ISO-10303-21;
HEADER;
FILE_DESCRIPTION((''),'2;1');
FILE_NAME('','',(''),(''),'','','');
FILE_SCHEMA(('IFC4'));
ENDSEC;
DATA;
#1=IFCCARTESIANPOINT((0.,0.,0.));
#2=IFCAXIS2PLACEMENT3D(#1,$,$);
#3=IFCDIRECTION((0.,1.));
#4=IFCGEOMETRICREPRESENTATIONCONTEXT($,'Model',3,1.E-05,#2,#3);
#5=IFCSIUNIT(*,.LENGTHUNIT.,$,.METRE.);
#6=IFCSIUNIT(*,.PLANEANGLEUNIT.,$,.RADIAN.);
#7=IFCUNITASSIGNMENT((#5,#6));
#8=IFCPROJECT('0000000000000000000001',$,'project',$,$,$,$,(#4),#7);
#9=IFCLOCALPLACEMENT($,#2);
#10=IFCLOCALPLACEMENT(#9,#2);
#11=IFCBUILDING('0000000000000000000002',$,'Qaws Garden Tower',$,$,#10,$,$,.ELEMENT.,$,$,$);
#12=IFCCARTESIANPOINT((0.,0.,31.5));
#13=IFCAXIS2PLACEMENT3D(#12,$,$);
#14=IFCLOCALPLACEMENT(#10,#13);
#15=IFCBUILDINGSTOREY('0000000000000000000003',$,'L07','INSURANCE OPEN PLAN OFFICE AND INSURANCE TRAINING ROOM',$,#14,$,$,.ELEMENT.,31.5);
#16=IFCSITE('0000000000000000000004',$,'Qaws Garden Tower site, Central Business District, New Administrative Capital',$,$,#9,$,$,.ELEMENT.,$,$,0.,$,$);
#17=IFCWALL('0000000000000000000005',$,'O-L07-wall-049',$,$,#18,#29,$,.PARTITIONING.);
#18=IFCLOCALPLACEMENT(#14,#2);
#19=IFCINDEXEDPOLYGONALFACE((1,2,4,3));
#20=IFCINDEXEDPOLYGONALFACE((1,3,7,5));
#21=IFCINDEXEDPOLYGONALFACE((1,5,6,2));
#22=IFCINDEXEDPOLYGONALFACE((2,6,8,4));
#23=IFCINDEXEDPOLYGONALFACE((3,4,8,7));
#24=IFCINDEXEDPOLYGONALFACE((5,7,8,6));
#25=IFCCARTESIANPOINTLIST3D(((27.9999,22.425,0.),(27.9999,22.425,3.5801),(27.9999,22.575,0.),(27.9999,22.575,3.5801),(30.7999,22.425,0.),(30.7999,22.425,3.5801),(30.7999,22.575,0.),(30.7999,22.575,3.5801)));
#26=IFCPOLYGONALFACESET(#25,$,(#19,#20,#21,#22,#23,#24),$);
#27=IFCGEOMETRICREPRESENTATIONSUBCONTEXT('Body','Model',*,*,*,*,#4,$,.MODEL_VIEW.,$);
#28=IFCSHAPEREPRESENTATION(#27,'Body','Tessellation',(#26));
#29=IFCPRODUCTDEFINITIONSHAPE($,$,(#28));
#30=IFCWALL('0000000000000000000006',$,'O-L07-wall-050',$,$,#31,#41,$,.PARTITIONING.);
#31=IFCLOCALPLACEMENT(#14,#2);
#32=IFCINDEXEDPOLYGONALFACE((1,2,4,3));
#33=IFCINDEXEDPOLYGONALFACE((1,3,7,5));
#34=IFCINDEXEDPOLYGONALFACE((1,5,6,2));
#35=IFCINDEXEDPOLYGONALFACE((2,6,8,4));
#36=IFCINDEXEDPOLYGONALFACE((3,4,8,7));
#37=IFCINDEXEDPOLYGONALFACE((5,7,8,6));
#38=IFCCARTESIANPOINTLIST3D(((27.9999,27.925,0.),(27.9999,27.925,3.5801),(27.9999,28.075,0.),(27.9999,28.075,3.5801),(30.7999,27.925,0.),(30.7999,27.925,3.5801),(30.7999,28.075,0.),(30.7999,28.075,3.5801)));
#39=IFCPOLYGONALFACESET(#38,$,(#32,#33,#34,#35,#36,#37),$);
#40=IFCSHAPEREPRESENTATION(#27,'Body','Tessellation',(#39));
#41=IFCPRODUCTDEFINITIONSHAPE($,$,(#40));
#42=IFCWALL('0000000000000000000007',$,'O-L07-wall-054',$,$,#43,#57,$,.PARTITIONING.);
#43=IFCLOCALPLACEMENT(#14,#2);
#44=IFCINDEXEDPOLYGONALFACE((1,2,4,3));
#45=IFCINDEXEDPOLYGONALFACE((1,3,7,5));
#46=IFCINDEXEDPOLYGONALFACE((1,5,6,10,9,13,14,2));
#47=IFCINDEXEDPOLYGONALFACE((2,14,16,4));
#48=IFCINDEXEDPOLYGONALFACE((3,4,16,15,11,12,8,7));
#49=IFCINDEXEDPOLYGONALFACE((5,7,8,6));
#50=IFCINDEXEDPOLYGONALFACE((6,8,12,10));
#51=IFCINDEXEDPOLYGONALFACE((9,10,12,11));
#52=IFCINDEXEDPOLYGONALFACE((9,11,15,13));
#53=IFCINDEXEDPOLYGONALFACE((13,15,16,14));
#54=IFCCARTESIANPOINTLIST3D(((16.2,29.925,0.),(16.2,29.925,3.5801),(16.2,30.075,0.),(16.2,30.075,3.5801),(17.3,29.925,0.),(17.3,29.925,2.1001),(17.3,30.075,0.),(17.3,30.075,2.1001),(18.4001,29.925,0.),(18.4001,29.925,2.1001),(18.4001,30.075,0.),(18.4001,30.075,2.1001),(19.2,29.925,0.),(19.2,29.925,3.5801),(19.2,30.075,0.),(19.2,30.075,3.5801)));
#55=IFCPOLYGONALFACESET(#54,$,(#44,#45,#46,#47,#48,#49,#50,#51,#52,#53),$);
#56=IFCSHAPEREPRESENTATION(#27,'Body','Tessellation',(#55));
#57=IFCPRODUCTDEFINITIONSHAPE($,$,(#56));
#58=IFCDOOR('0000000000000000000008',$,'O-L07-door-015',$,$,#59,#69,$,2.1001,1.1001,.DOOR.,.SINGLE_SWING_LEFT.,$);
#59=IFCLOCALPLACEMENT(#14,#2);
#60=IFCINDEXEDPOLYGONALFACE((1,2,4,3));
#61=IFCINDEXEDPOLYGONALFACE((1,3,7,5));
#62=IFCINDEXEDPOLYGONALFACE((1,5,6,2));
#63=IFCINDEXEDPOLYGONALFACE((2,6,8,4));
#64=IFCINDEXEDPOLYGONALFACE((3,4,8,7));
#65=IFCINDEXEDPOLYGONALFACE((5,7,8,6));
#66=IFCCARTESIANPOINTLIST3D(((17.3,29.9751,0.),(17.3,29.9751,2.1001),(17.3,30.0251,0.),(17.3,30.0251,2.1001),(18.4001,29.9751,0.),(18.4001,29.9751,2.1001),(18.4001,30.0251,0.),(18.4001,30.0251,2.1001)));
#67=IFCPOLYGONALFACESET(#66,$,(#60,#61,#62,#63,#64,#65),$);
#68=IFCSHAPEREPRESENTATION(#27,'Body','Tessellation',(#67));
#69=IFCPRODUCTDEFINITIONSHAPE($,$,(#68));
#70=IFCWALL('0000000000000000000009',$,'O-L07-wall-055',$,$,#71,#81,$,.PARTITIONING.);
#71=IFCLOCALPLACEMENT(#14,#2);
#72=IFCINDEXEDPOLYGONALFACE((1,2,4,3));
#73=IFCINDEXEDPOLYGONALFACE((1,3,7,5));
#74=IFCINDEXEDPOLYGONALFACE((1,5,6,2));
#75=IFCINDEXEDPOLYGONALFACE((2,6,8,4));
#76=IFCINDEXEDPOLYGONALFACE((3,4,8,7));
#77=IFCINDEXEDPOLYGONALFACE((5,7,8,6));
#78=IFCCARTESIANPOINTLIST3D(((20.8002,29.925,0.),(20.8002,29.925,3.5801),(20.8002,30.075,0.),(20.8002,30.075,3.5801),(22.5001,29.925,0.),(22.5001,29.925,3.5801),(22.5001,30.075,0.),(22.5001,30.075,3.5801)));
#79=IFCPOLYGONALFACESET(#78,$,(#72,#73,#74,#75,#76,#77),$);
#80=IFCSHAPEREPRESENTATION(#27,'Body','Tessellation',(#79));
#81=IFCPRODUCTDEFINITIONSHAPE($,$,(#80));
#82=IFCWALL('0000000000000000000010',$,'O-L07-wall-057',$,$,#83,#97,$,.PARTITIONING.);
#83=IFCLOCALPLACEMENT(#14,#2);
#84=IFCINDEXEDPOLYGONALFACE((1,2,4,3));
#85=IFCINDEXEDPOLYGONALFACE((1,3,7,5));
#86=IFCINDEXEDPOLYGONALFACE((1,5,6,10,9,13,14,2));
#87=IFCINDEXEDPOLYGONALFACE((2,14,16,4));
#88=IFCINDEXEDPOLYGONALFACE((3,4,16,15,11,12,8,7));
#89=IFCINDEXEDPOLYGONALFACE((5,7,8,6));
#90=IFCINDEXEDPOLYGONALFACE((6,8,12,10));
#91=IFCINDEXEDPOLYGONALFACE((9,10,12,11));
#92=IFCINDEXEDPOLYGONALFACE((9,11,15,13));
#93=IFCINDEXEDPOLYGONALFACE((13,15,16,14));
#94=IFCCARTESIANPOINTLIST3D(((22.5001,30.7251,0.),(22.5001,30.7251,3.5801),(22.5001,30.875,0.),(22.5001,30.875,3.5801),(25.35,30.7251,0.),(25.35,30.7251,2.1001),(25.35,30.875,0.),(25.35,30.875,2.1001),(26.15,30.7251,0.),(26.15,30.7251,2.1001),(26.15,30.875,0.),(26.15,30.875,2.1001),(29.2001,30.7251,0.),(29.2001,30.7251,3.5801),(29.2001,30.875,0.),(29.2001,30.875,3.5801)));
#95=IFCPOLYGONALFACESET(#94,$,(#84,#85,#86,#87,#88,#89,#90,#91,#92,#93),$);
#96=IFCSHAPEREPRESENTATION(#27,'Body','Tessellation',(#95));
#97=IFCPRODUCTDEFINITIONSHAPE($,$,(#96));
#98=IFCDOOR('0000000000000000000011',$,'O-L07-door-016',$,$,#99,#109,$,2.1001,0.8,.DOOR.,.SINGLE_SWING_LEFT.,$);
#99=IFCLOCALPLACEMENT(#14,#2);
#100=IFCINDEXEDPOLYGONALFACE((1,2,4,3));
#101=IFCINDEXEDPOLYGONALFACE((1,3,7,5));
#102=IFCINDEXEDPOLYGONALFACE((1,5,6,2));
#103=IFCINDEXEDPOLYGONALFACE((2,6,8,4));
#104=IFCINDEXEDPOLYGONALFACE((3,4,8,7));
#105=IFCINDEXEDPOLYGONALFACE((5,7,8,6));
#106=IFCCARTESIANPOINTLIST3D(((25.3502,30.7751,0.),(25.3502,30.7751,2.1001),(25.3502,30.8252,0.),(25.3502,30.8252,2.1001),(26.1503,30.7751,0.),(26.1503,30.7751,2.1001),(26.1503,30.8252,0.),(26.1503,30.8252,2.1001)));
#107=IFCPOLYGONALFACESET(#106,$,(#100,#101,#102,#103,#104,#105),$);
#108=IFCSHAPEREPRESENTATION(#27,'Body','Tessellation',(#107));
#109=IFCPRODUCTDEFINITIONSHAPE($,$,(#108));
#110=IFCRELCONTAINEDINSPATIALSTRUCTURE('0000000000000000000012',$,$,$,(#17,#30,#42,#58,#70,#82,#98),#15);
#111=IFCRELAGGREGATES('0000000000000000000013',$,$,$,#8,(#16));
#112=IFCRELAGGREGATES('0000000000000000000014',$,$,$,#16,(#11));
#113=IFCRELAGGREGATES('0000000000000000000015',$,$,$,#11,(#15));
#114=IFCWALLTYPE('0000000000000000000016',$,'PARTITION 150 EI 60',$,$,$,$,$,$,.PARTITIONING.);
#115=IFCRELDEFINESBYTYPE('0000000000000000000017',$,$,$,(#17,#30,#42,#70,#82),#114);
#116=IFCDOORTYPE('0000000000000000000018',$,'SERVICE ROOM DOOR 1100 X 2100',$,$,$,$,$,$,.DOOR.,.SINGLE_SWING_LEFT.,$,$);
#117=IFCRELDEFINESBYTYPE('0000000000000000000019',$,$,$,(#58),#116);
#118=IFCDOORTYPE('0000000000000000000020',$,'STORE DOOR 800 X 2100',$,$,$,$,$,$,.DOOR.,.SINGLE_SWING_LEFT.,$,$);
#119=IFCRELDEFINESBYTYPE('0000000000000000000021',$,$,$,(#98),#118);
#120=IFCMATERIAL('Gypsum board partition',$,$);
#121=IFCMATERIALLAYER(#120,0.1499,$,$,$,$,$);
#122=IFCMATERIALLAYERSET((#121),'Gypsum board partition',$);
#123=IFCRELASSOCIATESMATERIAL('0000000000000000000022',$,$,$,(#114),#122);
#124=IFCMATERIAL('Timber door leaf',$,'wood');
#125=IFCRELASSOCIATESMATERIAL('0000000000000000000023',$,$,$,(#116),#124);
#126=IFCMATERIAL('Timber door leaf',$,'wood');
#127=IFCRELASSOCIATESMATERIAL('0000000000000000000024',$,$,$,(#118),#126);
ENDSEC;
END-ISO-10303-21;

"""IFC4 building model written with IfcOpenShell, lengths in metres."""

from ifc_helpers import new_model, si_unit, direction, frame, frame_2d, origin, place, context, subcontext, project, spatial, rectangle, extrude, material, layer, layer_set, type_object, element, fill, save


model = new_model("IFC4")

# Units and contexts
model_context = context("Model", 3, precision=1e-05, world=origin(), true_north=direction((0.0, 1.0)))
body_context = subcontext(model_context, "Body", "Model", "MODEL_VIEW")
ifc_project = project(units=[si_unit("LENGTHUNIT", "METRE"), si_unit("PLANEANGLEUNIT", "RADIAN")], contexts=[model_context])

# Site, building, storey
site_placement = place(None, origin())
site = spatial("IfcSite", under=ifc_project, at=site_placement, Name="Qaws Garden Tower site, Central Business District, New Administrative Capital", CompositionType="ELEMENT", RefElevation=0.0)
building_placement = place(site_placement, origin())
building = spatial("IfcBuilding", under=site, at=building_placement, Name="Qaws Garden Tower", CompositionType="ELEMENT")
storey_placement = place(building_placement, frame((0.0, 0.0, 31.5)))
storey = spatial("IfcBuildingStorey", under=building, at=storey_placement, Name="L07", Description="INSURANCE OPEN PLAN OFFICE AND INSURANCE TRAINING ROOM", CompositionType="ELEMENT", Elevation=31.5)

# Shared definitions
ifc_material_1 = material(Name="Gypsum board partition")
ifc_layer_1 = layer(ifc_material_1, 0.1499)
ifc_layer_set_1 = layer_set([ifc_layer_1], Name="Gypsum board partition")
wall_type_1 = type_object("IfcWallType", Name="PARTITION 150 EI 60", PredefinedType="PARTITIONING", material=ifc_layer_set_1)

# Shared definitions
ifc_material_2 = material(Name="Timber door leaf", Category="wood")
door_type_1 = type_object("IfcDoorType", Name="SERVICE ROOM DOOR 1100 X 2100", OperationType="SINGLE_SWING_LEFT", PredefinedType="DOOR", material=ifc_material_2)

# Walls
for number, where, z_axis, x_axis, name in (
    (1, (28.0, 22.5, 0.0), (0.0, 0.0, 1.0), (1.0, 0.0, 0.0), "O-L07-wall-049"),
    (2, (28.0, 28.0, 0.0), (0.0, 0.0, 1.0), (1.0, 0.0, 0.0), "O-L07-wall-050"),
):
    element("IfcWall", number, at=place(storey_placement, frame(where, z_axis=z_axis, x_axis=x_axis)), inside=storey, type_object=wall_type_1, Name=name, PredefinedType="PARTITIONING", context=body_context, shape_type="SweptSolid", body=[
        extrude(rectangle(XDim=2.8, YDim=0.1499, at=frame_2d((1.3999, 0.0))), origin(), (0.0, 0.0, 1.0), 3.5801),
    ])

# Wall, opening, door
wall_1_placement = place(storey_placement, frame((16.2, 30.0, 0.0), z_axis=(0.0, 0.0, 1.0), x_axis=(1.0, 0.0, 0.0)))
wall_1 = element("IfcWall", 3, at=wall_1_placement, inside=storey, type_object=wall_type_1, Name="O-L07-wall-054", PredefinedType="PARTITIONING", context=body_context, shape_type="SweptSolid", body=[
    extrude(rectangle(XDim=3.0, YDim=0.1499, at=frame_2d((1.5, 0.0))), origin(), (0.0, 0.0, 1.0), 3.5801),
])
opening_1_placement = place(wall_1_placement, frame((1.1001, 0.0, 0.0)))
opening_1 = element("IfcOpeningElement", 4, at=opening_1_placement, cuts=wall_1, PredefinedType="OPENING", context=body_context, shape_type="SweptSolid", body=[
    extrude(rectangle(XDim=1.1001, YDim=2.1001, at=frame_2d((0.55, 1.05))), frame((0.0, 0.085, 0.0), z_axis=(0.0, -1.0, 0.0), x_axis=(1.0, 0.0, 0.0)), (0.0, 0.0, 1.0), 0.1699),
])
door_1_placement = place(opening_1_placement, frame((1.1001, 0.0, 0.0), z_axis=(0.0, 0.0, 1.0), x_axis=(-1.0, 0.0, 0.0)))
door_1 = element("IfcDoor", 5, at=door_1_placement, inside=storey, type_object=door_type_1, Name="O-L07-door-015", OperationType="SINGLE_SWING_LEFT", OverallHeight=2.1001, OverallWidth=1.1001, PredefinedType="DOOR", context=body_context, shape_type="SweptSolid", body=[
    extrude(rectangle(XDim=1.1001, YDim=2.1001, at=frame_2d((0.55, 1.05))), frame((0.0, 0.0249, 0.0), z_axis=(0.0, -1.0, 0.0), x_axis=(1.0, 0.0, 0.0)), (0.0, 0.0, 1.0), 0.05),
])
fill(opening_1, door_1)

# Wall
wall_2_placement = place(storey_placement, frame((20.8, 30.0, 0.0), z_axis=(0.0, 0.0, 1.0), x_axis=(1.0, 0.0, 0.0)))
element("IfcWall", 6, at=wall_2_placement, inside=storey, type_object=wall_type_1, Name="O-L07-wall-055", PredefinedType="PARTITIONING", context=body_context, shape_type="SweptSolid", body=[
    extrude(rectangle(XDim=1.7, YDim=0.1499, at=frame_2d((0.8501, 0.0))), origin(), (0.0, 0.0, 1.0), 3.5801),
])

# Wall, opening, door
wall_3_placement = place(storey_placement, frame((22.5, 30.8, 0.0), z_axis=(0.0, 0.0, 1.0), x_axis=(1.0, 0.0, 0.0)))
wall_3 = element("IfcWall", 7, at=wall_3_placement, inside=storey, type_object=wall_type_1, Name="O-L07-wall-057", PredefinedType="PARTITIONING", context=body_context, shape_type="SweptSolid", body=[
    extrude(rectangle(XDim=6.7, YDim=0.1499, at=frame_2d((3.3501, 0.0))), origin(), (0.0, 0.0, 1.0), 3.5801),
])
opening_2_placement = place(wall_3_placement, frame((2.8501, 0.0, 0.0)))
opening_2 = element("IfcOpeningElement", 8, at=opening_2_placement, cuts=wall_3, PredefinedType="OPENING", context=body_context, shape_type="SweptSolid", body=[
    extrude(rectangle(XDim=0.8, YDim=2.1001, at=frame_2d((0.3999, 1.05))), frame((0.0, 0.085, 0.0), z_axis=(0.0, -1.0, 0.0), x_axis=(1.0, 0.0, 0.0)), (0.0, 0.0, 1.0), 0.1699),
])
ifc_material_3 = material(Name="Timber door leaf", Category="wood")
door_type_2 = type_object("IfcDoorType", Name="STORE DOOR 800 X 2100", OperationType="SINGLE_SWING_LEFT", PredefinedType="DOOR", material=ifc_material_3)
door_2_placement = place(opening_2_placement, frame((0.8, 0.0, 0.0), z_axis=(0.0, 0.0, 1.0), x_axis=(-1.0, 0.0, 0.0)))
door_2 = element("IfcDoor", 9, at=door_2_placement, inside=storey, type_object=door_type_2, Name="O-L07-door-016", OperationType="SINGLE_SWING_LEFT", OverallHeight=2.1001, OverallWidth=0.8, PredefinedType="DOOR", context=body_context, shape_type="SweptSolid", body=[
    extrude(rectangle(XDim=0.8, YDim=2.1001, at=frame_2d((0.3999, 1.05))), frame((0.0, 0.0249, 0.0), z_axis=(0.0, -1.0, 0.0), x_axis=(1.0, 0.0, 0.0)), (0.0, 0.0, 1.0), 0.05),
])
fill(opening_2, door_2)

save(model, "model.ifc")
